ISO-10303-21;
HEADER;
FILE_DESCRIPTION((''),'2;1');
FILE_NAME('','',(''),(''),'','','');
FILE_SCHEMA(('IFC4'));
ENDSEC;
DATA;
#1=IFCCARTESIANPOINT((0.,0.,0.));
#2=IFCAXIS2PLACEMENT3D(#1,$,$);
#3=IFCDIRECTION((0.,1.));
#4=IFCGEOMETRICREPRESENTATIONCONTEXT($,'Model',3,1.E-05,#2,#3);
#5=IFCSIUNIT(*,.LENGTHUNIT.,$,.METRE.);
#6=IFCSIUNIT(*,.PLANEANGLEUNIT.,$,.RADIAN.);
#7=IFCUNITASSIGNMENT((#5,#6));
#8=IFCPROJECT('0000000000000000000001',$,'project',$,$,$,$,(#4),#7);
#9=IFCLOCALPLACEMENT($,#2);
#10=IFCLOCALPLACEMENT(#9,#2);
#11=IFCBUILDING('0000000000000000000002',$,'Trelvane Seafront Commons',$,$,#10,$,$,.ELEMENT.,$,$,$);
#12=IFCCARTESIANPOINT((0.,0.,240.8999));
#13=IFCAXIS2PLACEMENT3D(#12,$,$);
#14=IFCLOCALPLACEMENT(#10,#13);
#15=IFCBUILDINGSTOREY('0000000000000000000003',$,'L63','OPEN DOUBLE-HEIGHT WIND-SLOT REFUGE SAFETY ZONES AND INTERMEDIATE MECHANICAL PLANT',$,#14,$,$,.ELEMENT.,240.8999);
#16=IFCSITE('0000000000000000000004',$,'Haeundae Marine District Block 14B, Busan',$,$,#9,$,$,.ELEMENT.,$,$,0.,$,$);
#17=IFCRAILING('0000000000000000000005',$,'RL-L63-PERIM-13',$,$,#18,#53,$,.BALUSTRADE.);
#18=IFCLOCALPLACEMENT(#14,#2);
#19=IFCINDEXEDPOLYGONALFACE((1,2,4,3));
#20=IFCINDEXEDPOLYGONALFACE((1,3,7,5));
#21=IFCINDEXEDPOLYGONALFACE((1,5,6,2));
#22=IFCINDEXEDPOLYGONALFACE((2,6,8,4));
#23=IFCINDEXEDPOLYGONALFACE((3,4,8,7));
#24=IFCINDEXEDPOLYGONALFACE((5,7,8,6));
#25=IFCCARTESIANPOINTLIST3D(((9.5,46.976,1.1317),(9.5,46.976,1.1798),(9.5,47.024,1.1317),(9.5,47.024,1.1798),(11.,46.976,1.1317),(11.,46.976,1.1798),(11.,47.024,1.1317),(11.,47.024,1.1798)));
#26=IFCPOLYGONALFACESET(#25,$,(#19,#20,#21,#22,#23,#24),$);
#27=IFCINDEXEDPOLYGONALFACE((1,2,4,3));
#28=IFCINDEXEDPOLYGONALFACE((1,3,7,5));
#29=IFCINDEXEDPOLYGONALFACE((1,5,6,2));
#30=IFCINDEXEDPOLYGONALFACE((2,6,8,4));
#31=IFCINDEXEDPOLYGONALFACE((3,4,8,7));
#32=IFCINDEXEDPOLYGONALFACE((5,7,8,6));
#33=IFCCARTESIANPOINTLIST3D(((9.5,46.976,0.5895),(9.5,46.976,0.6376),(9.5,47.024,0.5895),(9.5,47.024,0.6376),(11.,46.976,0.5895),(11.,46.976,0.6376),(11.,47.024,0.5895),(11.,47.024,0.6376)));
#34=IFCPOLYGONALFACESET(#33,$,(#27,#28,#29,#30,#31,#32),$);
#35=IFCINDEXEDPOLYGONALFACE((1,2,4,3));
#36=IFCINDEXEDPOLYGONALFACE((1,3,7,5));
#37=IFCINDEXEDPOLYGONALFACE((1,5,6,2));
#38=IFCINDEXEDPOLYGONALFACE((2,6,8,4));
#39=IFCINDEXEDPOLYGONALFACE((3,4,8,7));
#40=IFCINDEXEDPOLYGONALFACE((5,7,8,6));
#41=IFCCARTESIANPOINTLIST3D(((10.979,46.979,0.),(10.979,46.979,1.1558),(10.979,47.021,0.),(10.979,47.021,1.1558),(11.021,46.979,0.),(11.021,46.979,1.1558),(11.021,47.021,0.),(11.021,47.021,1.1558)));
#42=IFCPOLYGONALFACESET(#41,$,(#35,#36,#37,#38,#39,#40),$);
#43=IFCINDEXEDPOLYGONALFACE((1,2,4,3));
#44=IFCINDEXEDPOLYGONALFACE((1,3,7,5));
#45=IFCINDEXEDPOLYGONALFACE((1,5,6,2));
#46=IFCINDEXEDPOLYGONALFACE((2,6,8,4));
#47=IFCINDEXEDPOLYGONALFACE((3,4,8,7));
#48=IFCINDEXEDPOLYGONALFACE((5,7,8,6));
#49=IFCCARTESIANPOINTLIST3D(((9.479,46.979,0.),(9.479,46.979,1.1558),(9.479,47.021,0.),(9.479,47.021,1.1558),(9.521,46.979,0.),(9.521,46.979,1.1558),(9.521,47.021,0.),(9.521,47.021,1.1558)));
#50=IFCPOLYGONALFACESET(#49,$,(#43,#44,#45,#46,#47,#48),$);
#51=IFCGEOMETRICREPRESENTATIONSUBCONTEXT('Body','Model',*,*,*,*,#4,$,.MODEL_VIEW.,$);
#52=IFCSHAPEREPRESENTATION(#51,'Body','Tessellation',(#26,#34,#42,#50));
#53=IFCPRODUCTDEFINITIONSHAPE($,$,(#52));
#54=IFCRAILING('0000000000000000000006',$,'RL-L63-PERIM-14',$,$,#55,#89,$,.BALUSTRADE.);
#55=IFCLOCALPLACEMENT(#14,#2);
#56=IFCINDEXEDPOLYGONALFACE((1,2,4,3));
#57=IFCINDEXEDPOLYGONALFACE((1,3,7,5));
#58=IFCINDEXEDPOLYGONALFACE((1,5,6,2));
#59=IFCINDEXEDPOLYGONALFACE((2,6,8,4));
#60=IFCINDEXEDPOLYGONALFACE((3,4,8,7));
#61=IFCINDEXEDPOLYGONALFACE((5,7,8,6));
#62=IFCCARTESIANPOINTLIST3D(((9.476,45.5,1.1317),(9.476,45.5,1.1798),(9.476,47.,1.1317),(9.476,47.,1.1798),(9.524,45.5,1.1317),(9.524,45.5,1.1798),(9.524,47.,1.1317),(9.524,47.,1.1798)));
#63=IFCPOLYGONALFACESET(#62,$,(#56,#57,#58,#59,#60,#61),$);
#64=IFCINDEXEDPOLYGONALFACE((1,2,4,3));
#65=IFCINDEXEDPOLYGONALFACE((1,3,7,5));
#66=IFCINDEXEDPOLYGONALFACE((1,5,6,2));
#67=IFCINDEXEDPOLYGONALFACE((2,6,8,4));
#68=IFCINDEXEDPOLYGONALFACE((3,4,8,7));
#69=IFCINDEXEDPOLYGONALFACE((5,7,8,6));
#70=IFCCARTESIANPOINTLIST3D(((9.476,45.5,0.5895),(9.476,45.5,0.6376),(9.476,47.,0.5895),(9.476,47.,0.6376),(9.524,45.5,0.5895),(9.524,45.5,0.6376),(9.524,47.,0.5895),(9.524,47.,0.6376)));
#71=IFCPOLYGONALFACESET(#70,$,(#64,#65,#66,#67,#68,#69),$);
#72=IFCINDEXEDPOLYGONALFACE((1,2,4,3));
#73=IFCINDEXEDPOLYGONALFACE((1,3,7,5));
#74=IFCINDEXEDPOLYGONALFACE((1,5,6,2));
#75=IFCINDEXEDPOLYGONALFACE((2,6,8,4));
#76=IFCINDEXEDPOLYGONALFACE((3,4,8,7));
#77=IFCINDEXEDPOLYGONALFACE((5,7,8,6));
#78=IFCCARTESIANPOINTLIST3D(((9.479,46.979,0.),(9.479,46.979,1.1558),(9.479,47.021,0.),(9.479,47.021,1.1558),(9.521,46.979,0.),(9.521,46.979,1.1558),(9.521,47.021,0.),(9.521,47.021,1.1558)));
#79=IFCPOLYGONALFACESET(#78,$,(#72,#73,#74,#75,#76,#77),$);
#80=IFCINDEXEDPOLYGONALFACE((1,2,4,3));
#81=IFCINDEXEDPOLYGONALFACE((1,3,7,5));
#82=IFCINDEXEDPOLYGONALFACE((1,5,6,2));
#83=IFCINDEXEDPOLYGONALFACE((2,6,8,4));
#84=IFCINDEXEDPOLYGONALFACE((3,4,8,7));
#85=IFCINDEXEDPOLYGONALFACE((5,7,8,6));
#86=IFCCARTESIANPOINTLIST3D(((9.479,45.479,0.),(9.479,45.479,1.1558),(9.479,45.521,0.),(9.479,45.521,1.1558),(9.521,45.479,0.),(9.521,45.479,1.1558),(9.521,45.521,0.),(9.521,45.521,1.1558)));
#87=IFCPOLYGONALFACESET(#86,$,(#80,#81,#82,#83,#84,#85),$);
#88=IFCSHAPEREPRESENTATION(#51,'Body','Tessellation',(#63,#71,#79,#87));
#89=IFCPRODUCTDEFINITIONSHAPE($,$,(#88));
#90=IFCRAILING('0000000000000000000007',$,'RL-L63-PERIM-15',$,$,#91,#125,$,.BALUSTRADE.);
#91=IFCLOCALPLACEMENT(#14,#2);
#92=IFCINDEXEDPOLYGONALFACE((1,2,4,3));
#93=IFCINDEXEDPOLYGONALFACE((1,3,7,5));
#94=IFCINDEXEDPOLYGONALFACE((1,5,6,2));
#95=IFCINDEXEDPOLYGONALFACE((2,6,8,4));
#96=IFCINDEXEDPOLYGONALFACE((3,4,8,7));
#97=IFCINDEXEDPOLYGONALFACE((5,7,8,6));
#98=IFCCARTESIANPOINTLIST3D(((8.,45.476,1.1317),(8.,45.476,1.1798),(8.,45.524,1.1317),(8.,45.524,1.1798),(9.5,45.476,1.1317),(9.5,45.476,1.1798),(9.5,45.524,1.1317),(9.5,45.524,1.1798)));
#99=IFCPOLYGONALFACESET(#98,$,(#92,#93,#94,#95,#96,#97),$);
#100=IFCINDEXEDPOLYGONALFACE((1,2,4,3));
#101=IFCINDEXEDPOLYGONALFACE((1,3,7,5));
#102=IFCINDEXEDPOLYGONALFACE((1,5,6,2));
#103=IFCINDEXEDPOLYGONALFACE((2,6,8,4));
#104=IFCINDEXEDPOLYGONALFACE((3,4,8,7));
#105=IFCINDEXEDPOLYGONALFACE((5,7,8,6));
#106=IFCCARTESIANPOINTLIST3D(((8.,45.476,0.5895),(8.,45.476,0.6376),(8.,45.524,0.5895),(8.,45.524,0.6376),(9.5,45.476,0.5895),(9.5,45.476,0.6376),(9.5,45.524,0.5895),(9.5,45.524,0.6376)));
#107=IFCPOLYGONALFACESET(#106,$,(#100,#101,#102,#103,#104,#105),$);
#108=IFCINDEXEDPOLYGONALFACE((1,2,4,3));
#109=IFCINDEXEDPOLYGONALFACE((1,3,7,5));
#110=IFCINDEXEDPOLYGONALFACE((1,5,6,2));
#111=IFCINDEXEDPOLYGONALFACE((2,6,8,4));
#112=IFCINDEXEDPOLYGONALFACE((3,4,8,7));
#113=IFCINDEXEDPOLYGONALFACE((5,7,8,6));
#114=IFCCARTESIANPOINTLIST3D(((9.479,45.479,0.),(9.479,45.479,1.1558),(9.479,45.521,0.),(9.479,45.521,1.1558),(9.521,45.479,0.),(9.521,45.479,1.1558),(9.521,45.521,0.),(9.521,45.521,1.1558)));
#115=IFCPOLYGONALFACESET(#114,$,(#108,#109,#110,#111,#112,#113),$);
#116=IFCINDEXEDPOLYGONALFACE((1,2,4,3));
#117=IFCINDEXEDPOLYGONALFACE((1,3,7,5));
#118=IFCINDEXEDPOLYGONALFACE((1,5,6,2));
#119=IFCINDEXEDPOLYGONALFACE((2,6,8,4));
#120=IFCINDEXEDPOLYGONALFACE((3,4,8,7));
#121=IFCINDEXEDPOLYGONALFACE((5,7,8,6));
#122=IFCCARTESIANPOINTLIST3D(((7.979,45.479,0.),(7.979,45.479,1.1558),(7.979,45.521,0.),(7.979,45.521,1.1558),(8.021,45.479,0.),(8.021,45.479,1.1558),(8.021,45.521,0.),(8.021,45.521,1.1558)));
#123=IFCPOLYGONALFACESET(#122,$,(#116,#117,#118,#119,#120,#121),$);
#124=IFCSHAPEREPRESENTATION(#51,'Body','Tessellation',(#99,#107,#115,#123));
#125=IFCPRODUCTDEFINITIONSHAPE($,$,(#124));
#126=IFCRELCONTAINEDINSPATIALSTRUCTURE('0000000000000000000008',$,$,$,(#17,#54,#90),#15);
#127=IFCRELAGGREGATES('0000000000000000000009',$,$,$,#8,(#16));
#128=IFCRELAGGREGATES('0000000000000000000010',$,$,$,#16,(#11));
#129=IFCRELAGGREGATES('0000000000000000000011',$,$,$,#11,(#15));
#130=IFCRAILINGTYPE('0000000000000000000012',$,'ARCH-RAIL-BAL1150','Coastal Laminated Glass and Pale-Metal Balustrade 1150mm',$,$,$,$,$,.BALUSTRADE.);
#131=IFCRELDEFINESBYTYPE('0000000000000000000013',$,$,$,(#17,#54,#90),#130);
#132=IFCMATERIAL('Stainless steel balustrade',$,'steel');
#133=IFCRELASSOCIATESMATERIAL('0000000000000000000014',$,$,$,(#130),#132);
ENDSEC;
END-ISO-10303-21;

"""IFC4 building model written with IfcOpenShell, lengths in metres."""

from ifc_helpers import new_model, si_unit, direction, frame, origin, origin_2d, place, context, subcontext, project, spatial, rectangle, extrude, material, type_object, element, save


model = new_model("IFC4")

# Units and contexts
model_context = context("Model", 3, precision=1e-05, world=origin(), true_north=direction((0.0, 1.0)))
body_context = subcontext(model_context, "Body", "Model", "MODEL_VIEW")
ifc_project = project(units=[si_unit("LENGTHUNIT", "METRE"), si_unit("PLANEANGLEUNIT", "RADIAN")], contexts=[model_context])

# Site, building, storey
site_placement = place(None, origin())
site = spatial("IfcSite", under=ifc_project, at=site_placement, Name="Haeundae Marine District Block 14B, Busan", CompositionType="ELEMENT", RefElevation=0.0)
building_placement = place(site_placement, origin())
building = spatial("IfcBuilding", under=site, at=building_placement, Name="Trelvane Seafront Commons", CompositionType="ELEMENT")
storey_placement = place(building_placement, frame((0.0, 0.0, 240.8999)))
storey = spatial("IfcBuildingStorey", under=building, at=storey_placement, Name="L63", Description="OPEN DOUBLE-HEIGHT WIND-SLOT REFUGE SAFETY ZONES AND INTERMEDIATE MECHANICAL PLANT", CompositionType="ELEMENT", Elevation=240.8999)

# Shared definitions
ifc_material_1 = material(Name="Stainless steel balustrade", Category="steel")

# Railings
railing_type_1 = type_object("IfcRailingType", Name="ARCH-RAIL-BAL1150", Description="Coastal Laminated Glass and Pale-Metal Balustrade 1150mm", PredefinedType="BALUSTRADE", material=ifc_material_1)
railing_1_placement = place(storey_placement, frame((11.0, 47.0, 0.0)))
element("IfcRailing", 1, at=railing_1_placement, inside=storey, type_object=railing_type_1, Name="RL-L63-PERIM-13", PredefinedType="BALUSTRADE", context=body_context, shape_type="SweptSolid", body=[
    extrude(rectangle(XDim=0.0481, YDim=0.0481, at=origin_2d()), frame((0.0, 0.0, 1.1558), z_axis=(-1.0, 0.0, 0.0), x_axis=(0.0, -1.0, 0.0)), (0.0, 0.0, 1.0), 1.5),
    extrude(rectangle(XDim=0.0481, YDim=0.0481, at=origin_2d()), frame((0.0, 0.0, 0.6135), z_axis=(-1.0, 0.0, 0.0), x_axis=(0.0, -1.0, 0.0)), (0.0, 0.0, 1.0), 1.5),
    extrude(rectangle(XDim=0.042, YDim=0.042, at=origin_2d()), origin(), (0.0, 0.0, 1.0), 1.1558),
    extrude(rectangle(XDim=0.042, YDim=0.042, at=origin_2d()), frame((-1.5, 0.0, 0.0)), (0.0, 0.0, 1.0), 1.1558),
])
railing_2_placement = place(storey_placement, frame((9.5, 47.0, 0.0)))
element("IfcRailing", 2, at=railing_2_placement, inside=storey, type_object=railing_type_1, Name="RL-L63-PERIM-14", PredefinedType="BALUSTRADE", context=body_context, shape_type="SweptSolid", body=[
    extrude(rectangle(XDim=0.0481, YDim=0.0481, at=origin_2d()), frame((0.0, 0.0, 1.1558), z_axis=(0.0, -1.0, 0.0), x_axis=(1.0, 0.0, 0.0)), (0.0, 0.0, 1.0), 1.5),
    extrude(rectangle(XDim=0.0481, YDim=0.0481, at=origin_2d()), frame((0.0, 0.0, 0.6135), z_axis=(0.0, -1.0, 0.0), x_axis=(1.0, 0.0, 0.0)), (0.0, 0.0, 1.0), 1.5),
    extrude(rectangle(XDim=0.042, YDim=0.042, at=origin_2d()), origin(), (0.0, 0.0, 1.0), 1.1558),
    extrude(rectangle(XDim=0.042, YDim=0.042, at=origin_2d()), frame((0.0, -1.5, 0.0)), (0.0, 0.0, 1.0), 1.1558),
])
railing_3_placement = place(storey_placement, frame((9.5, 45.5, 0.0)))
element("IfcRailing", 3, at=railing_3_placement, inside=storey, type_object=railing_type_1, Name="RL-L63-PERIM-15", PredefinedType="BALUSTRADE", context=body_context, shape_type="SweptSolid", body=[
    extrude(rectangle(XDim=0.0481, YDim=0.0481, at=origin_2d()), frame((0.0, 0.0, 1.1558), z_axis=(-1.0, 0.0, 0.0), x_axis=(0.0, -1.0, 0.0)), (0.0, 0.0, 1.0), 1.5),
    extrude(rectangle(XDim=0.0481, YDim=0.0481, at=origin_2d()), frame((0.0, 0.0, 0.6135), z_axis=(-1.0, 0.0, 0.0), x_axis=(0.0, -1.0, 0.0)), (0.0, 0.0, 1.0), 1.5),
    extrude(rectangle(XDim=0.042, YDim=0.042, at=origin_2d()), origin(), (0.0, 0.0, 1.0), 1.1558),
    extrude(rectangle(XDim=0.042, YDim=0.042, at=origin_2d()), frame((-1.5, 0.0, 0.0)), (0.0, 0.0, 1.0), 1.1558),
])

save(model, "model.ifc")
